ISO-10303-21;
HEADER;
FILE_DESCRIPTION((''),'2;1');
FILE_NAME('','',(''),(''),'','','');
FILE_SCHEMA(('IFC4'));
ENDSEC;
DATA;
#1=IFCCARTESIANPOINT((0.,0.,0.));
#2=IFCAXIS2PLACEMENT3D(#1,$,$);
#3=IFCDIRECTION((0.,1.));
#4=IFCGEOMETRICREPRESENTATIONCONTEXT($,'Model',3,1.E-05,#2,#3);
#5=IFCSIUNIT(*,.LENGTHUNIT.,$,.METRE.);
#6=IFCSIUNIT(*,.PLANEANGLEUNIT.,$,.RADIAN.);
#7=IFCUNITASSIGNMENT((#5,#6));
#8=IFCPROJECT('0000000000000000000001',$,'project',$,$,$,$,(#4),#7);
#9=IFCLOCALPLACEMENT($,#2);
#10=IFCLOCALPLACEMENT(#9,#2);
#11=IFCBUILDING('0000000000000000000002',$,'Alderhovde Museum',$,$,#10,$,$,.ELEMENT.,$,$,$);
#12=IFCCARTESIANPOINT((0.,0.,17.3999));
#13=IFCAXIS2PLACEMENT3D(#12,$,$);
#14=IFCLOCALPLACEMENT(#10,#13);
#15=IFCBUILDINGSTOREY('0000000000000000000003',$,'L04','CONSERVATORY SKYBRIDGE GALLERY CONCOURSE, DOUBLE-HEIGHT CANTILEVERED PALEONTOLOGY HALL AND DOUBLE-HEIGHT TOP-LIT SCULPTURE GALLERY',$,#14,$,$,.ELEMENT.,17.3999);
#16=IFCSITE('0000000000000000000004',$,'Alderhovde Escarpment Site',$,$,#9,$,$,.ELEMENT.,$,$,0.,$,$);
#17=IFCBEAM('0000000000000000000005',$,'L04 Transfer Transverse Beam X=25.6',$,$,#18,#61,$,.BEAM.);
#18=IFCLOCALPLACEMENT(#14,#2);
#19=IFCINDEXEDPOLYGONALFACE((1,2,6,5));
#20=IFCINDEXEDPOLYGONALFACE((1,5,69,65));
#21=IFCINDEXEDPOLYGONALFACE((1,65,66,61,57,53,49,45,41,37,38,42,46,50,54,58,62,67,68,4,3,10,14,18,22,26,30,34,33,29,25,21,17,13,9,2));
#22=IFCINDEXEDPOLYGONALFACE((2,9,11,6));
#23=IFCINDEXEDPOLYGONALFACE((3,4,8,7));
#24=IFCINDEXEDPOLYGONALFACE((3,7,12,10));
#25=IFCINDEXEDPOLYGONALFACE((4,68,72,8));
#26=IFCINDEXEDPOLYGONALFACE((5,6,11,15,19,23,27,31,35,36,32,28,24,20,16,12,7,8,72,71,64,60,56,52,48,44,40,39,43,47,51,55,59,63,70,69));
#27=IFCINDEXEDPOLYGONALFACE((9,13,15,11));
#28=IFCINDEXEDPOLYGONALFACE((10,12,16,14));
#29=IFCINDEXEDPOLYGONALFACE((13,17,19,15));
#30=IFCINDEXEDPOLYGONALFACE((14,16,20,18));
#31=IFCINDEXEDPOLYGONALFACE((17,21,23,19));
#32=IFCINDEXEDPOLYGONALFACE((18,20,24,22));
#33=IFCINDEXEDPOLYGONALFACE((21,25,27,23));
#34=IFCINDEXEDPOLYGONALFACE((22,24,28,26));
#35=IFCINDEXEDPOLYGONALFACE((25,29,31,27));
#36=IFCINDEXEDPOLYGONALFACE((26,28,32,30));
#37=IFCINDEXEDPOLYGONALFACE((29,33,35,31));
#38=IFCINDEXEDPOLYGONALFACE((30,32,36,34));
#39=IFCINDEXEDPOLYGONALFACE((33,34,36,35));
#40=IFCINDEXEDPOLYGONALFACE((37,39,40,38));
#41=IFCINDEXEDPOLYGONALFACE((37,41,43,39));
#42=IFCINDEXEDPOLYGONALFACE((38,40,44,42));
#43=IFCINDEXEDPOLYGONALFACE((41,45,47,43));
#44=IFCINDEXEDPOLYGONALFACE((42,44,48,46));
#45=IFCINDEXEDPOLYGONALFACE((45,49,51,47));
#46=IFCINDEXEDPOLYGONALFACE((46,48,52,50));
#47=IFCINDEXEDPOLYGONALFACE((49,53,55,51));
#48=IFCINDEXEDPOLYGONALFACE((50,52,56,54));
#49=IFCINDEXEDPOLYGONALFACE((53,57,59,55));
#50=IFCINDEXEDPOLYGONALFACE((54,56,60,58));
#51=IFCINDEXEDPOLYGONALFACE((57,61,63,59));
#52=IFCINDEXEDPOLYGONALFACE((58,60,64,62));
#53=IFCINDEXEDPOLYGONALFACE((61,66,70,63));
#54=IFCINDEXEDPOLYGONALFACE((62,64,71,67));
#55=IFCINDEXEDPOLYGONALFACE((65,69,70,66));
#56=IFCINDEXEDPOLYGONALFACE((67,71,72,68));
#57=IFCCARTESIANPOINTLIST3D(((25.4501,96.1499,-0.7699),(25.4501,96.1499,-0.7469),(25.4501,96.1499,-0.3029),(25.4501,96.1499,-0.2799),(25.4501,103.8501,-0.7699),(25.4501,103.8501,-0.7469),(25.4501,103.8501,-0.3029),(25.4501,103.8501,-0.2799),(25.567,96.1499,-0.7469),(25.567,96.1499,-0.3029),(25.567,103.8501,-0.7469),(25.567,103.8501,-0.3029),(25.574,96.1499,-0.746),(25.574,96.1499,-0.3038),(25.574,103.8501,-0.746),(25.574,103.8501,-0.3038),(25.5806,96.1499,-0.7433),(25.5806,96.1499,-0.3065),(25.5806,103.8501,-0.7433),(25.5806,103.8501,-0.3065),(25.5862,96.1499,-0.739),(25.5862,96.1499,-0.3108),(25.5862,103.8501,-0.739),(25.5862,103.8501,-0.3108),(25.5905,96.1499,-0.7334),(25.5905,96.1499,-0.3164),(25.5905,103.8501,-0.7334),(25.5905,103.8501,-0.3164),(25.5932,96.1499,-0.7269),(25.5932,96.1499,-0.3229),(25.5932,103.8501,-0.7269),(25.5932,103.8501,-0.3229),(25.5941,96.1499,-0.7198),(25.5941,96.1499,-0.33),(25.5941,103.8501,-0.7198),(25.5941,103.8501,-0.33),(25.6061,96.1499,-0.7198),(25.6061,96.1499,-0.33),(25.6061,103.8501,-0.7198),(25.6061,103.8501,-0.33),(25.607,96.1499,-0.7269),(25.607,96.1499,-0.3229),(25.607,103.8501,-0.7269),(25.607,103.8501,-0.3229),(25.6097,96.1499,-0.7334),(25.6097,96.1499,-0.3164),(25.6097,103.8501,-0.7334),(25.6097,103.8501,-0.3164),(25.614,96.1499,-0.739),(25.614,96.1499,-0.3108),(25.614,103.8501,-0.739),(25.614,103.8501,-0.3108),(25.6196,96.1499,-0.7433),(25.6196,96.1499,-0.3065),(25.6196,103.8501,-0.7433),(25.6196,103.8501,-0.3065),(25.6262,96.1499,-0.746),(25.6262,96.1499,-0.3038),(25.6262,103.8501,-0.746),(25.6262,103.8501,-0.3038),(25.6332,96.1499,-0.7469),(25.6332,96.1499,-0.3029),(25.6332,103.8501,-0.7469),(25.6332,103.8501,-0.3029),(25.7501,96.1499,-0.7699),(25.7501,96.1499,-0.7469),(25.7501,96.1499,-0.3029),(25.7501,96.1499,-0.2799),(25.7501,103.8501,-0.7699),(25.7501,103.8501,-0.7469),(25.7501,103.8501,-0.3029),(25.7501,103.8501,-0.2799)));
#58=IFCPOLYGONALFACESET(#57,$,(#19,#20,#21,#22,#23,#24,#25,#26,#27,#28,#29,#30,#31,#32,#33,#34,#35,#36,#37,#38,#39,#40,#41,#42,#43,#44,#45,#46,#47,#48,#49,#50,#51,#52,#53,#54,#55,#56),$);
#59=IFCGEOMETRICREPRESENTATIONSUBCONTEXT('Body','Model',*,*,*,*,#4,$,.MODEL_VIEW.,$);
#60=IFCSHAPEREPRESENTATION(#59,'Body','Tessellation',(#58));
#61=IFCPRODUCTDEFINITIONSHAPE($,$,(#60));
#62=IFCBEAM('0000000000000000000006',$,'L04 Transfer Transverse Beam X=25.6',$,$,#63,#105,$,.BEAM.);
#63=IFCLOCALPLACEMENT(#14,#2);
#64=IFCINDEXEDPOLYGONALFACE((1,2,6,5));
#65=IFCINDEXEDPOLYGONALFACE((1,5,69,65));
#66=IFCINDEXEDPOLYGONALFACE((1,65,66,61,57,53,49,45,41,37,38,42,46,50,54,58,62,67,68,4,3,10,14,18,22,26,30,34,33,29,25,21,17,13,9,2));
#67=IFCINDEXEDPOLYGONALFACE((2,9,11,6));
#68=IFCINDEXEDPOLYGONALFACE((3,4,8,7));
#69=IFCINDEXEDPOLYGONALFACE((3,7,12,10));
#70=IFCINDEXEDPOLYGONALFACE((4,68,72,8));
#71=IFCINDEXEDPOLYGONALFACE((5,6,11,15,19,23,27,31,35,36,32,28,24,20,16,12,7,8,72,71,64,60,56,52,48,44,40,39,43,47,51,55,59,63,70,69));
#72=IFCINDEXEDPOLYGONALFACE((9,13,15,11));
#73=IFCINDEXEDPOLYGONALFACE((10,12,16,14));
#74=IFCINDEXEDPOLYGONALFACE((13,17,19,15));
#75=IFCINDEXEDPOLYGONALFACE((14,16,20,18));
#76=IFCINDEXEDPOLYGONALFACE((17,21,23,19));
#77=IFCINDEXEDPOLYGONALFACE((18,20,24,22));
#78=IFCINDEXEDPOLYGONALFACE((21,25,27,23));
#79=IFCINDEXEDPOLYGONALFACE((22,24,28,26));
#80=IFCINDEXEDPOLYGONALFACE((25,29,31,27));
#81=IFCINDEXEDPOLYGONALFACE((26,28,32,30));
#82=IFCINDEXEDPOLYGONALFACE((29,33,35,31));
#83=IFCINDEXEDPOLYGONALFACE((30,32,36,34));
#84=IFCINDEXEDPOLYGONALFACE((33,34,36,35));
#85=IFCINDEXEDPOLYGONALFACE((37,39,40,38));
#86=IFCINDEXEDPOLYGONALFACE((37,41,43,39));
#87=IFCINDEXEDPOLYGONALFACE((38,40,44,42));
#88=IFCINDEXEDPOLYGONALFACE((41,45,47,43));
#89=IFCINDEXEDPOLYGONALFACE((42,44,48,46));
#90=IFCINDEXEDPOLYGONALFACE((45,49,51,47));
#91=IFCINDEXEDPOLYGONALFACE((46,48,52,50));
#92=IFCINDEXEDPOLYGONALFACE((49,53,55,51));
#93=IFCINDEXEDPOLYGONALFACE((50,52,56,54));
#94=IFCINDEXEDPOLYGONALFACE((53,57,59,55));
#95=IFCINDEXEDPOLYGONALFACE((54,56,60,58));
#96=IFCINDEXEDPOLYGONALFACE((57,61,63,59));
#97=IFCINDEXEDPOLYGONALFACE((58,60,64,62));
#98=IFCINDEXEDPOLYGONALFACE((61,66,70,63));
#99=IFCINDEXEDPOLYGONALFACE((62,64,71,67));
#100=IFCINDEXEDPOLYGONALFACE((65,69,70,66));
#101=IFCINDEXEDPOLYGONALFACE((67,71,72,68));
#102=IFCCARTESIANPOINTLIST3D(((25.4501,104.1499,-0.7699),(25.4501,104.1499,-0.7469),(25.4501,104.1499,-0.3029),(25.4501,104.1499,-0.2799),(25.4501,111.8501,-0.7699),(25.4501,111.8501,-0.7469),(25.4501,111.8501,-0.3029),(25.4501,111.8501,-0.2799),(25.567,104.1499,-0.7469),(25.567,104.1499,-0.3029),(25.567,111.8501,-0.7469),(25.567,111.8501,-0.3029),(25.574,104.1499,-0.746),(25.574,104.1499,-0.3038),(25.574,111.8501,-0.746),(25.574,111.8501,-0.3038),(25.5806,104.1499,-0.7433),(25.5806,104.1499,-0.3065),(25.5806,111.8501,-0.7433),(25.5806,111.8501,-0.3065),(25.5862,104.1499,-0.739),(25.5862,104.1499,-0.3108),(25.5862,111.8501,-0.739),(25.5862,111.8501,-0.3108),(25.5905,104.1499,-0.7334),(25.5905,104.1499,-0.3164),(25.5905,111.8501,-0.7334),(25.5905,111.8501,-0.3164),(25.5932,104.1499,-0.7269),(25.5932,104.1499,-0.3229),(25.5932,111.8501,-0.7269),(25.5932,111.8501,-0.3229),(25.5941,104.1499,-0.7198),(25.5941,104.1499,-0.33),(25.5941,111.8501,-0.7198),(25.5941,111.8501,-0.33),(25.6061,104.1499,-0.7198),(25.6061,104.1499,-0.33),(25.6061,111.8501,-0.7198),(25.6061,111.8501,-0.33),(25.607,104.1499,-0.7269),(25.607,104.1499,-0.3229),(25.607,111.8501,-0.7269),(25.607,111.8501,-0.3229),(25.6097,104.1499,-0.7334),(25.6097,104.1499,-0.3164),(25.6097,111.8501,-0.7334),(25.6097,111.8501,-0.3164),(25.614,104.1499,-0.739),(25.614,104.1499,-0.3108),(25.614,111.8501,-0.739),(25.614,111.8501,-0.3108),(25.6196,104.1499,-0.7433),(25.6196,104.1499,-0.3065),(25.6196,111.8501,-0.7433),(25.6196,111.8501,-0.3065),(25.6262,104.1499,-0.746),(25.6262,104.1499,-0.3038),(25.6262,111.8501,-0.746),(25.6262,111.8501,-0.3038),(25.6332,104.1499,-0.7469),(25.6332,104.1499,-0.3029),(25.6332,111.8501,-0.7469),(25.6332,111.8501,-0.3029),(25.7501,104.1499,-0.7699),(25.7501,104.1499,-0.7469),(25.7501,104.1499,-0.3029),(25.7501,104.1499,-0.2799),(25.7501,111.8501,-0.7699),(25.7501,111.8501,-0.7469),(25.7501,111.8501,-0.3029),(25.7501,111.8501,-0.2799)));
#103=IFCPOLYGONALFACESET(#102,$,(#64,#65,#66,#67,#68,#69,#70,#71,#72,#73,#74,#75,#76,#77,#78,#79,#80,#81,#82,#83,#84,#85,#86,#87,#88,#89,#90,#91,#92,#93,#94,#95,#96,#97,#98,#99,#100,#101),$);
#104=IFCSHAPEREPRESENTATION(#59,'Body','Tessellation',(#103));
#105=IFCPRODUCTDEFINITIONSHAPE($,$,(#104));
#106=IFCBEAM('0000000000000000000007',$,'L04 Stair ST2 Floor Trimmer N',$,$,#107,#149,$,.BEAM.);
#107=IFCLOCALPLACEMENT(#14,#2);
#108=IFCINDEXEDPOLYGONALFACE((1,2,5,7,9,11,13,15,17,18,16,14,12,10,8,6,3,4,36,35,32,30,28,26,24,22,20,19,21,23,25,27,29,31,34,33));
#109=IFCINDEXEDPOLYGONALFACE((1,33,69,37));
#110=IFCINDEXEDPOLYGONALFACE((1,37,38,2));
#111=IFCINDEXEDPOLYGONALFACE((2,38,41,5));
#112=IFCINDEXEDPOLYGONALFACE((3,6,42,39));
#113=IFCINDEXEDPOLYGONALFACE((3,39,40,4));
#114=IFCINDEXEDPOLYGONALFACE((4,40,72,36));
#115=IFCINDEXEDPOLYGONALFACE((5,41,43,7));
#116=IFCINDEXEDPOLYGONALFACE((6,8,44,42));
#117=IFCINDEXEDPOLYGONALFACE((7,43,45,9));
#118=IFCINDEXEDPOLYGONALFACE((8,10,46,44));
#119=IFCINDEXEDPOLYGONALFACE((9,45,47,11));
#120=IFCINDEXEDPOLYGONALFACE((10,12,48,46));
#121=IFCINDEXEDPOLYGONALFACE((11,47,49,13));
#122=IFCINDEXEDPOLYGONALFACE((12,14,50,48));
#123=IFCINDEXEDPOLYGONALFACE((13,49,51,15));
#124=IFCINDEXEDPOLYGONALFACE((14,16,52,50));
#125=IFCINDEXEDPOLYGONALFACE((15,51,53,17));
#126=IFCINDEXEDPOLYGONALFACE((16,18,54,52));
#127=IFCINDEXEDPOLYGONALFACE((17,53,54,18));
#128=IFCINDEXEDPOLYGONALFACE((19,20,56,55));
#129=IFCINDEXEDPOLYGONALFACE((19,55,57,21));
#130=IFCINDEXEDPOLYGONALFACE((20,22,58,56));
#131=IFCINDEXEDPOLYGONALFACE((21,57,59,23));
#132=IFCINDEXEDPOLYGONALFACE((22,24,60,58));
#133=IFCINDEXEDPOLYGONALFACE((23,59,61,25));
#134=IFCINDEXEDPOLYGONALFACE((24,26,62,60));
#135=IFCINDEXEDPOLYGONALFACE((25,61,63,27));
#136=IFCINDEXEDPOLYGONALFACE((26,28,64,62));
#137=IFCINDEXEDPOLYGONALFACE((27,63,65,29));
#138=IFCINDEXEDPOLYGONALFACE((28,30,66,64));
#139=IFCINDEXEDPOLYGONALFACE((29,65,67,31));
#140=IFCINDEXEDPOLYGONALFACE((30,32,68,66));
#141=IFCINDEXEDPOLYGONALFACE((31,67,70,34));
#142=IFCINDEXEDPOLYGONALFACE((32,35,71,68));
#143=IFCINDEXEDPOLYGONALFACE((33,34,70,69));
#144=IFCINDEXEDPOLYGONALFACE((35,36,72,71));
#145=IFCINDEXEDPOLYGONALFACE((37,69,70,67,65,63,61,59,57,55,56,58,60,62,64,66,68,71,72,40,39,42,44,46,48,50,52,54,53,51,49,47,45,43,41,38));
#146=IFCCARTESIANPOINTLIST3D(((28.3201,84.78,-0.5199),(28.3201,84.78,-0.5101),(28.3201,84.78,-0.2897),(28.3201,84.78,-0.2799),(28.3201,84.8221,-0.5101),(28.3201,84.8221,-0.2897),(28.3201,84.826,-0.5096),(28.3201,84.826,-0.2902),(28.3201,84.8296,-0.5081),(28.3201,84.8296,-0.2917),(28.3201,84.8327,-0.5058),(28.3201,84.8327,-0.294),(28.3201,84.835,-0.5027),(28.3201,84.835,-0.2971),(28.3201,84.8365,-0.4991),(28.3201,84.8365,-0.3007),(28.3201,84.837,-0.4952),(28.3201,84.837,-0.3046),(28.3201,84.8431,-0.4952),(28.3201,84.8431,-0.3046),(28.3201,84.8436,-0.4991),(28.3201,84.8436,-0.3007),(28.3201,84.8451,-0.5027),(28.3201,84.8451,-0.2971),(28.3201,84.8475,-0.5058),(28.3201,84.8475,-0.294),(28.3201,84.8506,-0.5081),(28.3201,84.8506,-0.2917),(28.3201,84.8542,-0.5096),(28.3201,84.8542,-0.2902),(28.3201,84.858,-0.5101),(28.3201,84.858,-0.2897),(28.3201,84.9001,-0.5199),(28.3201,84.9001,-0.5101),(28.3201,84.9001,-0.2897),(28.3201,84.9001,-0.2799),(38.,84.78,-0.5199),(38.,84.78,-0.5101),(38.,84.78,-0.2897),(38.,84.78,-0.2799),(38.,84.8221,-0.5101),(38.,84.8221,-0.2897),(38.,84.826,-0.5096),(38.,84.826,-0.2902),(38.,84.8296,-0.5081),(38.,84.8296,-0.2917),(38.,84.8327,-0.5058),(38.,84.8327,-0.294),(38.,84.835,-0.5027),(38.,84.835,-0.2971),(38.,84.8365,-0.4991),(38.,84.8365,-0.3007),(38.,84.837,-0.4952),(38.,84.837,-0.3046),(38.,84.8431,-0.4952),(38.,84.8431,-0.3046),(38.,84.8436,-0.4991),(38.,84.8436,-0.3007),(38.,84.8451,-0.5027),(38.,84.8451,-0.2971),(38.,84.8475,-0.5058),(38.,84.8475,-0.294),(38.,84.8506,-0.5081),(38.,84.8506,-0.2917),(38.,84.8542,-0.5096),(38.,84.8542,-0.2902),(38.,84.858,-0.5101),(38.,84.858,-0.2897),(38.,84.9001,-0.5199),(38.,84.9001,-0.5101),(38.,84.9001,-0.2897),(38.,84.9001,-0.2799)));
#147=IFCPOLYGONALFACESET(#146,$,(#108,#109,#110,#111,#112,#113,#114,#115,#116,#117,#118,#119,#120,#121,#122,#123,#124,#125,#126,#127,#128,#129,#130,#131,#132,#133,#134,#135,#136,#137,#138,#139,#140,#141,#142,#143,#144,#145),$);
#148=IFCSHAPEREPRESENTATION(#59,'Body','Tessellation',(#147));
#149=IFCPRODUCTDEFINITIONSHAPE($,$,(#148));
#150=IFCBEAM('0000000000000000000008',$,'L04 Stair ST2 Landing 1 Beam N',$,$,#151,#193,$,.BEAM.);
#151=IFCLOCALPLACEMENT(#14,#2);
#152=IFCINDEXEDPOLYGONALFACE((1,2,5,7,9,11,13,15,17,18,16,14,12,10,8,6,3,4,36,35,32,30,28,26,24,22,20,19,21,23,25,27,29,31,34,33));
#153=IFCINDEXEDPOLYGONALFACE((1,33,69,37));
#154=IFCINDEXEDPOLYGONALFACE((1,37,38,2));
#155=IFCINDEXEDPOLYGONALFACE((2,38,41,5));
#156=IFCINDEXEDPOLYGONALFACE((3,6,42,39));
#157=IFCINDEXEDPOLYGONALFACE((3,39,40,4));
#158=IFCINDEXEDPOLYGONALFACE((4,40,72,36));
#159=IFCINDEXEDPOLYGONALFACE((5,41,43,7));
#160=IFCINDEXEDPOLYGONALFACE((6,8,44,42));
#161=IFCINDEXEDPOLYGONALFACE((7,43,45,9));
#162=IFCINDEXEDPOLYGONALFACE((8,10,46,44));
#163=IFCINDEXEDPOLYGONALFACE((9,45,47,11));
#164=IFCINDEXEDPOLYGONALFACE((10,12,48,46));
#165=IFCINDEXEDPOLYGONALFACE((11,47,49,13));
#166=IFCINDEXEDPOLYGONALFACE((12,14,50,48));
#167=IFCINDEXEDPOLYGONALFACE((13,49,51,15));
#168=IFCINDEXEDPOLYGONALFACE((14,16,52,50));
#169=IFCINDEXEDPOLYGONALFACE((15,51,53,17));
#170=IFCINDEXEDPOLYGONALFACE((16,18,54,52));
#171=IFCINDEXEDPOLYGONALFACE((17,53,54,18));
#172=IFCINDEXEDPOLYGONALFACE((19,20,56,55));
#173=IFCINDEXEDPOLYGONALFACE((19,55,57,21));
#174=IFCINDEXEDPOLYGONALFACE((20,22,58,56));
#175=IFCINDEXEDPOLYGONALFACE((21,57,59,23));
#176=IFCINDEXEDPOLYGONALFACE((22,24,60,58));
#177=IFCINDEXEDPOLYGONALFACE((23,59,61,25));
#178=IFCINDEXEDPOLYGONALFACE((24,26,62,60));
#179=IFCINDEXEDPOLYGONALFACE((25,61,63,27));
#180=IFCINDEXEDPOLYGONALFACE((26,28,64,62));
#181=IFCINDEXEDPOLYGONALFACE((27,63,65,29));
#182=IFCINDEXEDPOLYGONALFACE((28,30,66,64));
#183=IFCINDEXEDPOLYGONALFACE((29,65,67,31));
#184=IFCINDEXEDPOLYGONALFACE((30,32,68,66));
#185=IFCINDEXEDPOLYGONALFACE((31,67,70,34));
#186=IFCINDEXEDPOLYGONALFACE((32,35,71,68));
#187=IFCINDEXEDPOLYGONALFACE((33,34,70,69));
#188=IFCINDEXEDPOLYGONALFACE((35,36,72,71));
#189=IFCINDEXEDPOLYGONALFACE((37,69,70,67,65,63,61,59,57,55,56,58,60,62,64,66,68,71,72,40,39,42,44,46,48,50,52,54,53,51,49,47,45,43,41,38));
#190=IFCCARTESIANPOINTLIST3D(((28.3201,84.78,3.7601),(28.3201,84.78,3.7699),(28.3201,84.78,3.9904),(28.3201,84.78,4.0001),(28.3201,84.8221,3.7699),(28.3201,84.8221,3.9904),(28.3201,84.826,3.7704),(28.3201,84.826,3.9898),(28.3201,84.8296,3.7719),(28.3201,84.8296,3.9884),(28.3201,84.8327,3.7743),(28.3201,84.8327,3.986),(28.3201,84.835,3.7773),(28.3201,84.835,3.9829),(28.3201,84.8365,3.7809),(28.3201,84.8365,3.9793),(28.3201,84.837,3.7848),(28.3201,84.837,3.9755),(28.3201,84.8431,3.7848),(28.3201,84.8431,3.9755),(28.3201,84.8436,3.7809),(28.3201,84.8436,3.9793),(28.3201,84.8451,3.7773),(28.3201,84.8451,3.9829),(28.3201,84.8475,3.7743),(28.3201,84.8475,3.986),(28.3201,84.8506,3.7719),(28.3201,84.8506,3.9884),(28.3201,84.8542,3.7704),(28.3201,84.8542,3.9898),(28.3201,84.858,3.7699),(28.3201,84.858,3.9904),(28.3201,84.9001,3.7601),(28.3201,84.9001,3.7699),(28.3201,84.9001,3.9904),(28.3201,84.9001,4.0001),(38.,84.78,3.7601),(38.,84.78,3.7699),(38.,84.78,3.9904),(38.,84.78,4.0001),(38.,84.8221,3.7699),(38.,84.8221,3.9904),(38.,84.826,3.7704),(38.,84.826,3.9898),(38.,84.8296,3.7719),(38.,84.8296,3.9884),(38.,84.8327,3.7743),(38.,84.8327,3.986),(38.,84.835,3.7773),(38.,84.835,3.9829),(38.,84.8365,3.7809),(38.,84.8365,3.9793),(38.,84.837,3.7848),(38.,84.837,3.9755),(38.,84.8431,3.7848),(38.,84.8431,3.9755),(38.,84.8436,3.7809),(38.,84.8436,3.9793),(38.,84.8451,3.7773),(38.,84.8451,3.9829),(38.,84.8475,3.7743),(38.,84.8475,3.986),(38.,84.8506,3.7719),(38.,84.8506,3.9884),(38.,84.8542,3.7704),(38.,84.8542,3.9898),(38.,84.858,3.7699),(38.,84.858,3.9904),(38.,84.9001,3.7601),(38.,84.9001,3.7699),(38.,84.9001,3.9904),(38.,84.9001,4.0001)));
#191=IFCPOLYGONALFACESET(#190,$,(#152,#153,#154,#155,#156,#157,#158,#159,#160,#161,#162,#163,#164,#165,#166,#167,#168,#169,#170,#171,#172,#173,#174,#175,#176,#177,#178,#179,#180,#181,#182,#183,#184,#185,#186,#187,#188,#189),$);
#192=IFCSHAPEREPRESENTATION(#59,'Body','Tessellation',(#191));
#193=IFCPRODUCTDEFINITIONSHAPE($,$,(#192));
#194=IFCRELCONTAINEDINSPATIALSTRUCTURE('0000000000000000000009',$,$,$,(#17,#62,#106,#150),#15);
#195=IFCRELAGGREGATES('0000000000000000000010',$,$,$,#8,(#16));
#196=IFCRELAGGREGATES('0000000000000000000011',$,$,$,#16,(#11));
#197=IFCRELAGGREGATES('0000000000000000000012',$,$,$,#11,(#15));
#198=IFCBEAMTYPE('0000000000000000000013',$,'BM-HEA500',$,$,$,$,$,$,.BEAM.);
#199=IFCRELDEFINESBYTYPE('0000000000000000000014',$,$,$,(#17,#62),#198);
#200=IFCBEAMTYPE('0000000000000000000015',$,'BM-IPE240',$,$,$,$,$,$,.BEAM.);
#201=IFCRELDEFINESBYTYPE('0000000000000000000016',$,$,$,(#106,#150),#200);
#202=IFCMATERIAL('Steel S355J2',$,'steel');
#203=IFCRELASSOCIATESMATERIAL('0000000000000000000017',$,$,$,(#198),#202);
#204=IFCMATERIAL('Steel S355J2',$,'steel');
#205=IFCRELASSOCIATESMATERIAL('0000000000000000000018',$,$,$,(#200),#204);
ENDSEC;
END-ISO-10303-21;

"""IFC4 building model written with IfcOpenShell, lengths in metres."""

from ifc_helpers import new_model, si_unit, direction, frame, origin, origin_2d, place, context, subcontext, project, spatial, i_section, extrude, material, material_profile, profile_set, type_object, element, save


model = new_model("IFC4")

# Units and contexts
model_context = context("Model", 3, precision=1e-05, world=origin(), true_north=direction((0.0, 1.0)))
body_context = subcontext(model_context, "Body", "Model", "MODEL_VIEW")
ifc_project = project(units=[si_unit("LENGTHUNIT", "METRE"), si_unit("PLANEANGLEUNIT", "RADIAN")], contexts=[model_context])

# Site, building, storey
site_placement = place(None, origin())
site = spatial("IfcSite", under=ifc_project, at=site_placement, Name="Alderhovde Escarpment Site", CompositionType="ELEMENT", RefElevation=0.0)
building_placement = place(site_placement, origin())
building = spatial("IfcBuilding", under=site, at=building_placement, Name="Alderhovde Museum", CompositionType="ELEMENT")
storey_placement = place(building_placement, frame((0.0, 0.0, 17.3999)))
storey = spatial("IfcBuildingStorey", under=building, at=storey_placement, Name="L04", Description="CONSERVATORY SKYBRIDGE GALLERY CONCOURSE, DOUBLE-HEIGHT CANTILEVERED PALEONTOLOGY HALL AND DOUBLE-HEIGHT TOP-LIT SCULPTURE GALLERY", CompositionType="ELEMENT", Elevation=17.3999)

# Beams
ifc_material_1 = material(Name="Steel S355J2", Category="steel")
ifc_material_profile_1 = material_profile(ifc_material_1, i_section(OverallWidth=0.3, OverallDepth=0.49, WebThickness=0.012, FlangeThickness=0.0229, FilletRadius=0.0271, at=origin_2d()), Name="HEA 500")
ifc_profile_set_1 = profile_set([ifc_material_profile_1], Name="Steel S355J2")
beam_type_1 = type_object("IfcBeamType", Name="BM-HEA500", PredefinedType="BEAM", material=ifc_profile_set_1)
for number, where, z_axis, x_axis, name in (
    (1, (25.6001, 96.1499, -0.5249), (0.0, 1.0, 0.0), (-1.0, 0.0, 0.0), "L04 Transfer Transverse Beam X=25.6"),
    (2, (25.6001, 104.1499, -0.5249), (0.0, 1.0, 0.0), (-1.0, 0.0, 0.0), "L04 Transfer Transverse Beam X=25.6"),
):
    element("IfcBeam", number, at=place(storey_placement, frame(where, z_axis=z_axis, x_axis=x_axis)), inside=storey, type_object=beam_type_1, Name=name, PredefinedType="BEAM", context=body_context, shape_type="SweptSolid", body=[
        extrude(i_section(OverallWidth=0.3, OverallDepth=0.49, WebThickness=0.012, FlangeThickness=0.0229, FilletRadius=0.0271, at=origin_2d()), origin(), (0.0, 0.0, 1.0), 7.7002),
    ])
ifc_material_2 = material(Name="Steel S355J2", Category="steel")
ifc_material_profile_2 = material_profile(ifc_material_2, i_section(OverallWidth=0.1201, OverallDepth=0.24, WebThickness=0.0061, FlangeThickness=0.0098, FilletRadius=0.0149, at=origin_2d()), Name="IPE 240")
ifc_profile_set_2 = profile_set([ifc_material_profile_2], Name="Steel S355J2")
beam_type_2 = type_object("IfcBeamType", Name="BM-IPE240", PredefinedType="BEAM", material=ifc_profile_set_2)
for number, where, z_axis, x_axis, name in (
    (3, (28.3201, 84.8401, -0.3999), (1.0, 0.0, 0.0), (0.0, 1.0, 0.0), "L04 Stair ST2 Floor Trimmer N"),
    (4, (28.3201, 84.8401, 3.8801), (1.0, 0.0, 0.0), (0.0, 1.0, 0.0), "L04 Stair ST2 Landing 1 Beam N"),
):
    element("IfcBeam", number, at=place(storey_placement, frame(where, z_axis=z_axis, x_axis=x_axis)), inside=storey, type_object=beam_type_2, Name=name, PredefinedType="BEAM", context=body_context, shape_type="SweptSolid", body=[
        extrude(i_section(OverallWidth=0.1201, OverallDepth=0.24, WebThickness=0.0061, FlangeThickness=0.0098, FilletRadius=0.0149, at=origin_2d()), origin(), (0.0, 0.0, 1.0), 9.6799),
    ])

save(model, "model.ifc")
